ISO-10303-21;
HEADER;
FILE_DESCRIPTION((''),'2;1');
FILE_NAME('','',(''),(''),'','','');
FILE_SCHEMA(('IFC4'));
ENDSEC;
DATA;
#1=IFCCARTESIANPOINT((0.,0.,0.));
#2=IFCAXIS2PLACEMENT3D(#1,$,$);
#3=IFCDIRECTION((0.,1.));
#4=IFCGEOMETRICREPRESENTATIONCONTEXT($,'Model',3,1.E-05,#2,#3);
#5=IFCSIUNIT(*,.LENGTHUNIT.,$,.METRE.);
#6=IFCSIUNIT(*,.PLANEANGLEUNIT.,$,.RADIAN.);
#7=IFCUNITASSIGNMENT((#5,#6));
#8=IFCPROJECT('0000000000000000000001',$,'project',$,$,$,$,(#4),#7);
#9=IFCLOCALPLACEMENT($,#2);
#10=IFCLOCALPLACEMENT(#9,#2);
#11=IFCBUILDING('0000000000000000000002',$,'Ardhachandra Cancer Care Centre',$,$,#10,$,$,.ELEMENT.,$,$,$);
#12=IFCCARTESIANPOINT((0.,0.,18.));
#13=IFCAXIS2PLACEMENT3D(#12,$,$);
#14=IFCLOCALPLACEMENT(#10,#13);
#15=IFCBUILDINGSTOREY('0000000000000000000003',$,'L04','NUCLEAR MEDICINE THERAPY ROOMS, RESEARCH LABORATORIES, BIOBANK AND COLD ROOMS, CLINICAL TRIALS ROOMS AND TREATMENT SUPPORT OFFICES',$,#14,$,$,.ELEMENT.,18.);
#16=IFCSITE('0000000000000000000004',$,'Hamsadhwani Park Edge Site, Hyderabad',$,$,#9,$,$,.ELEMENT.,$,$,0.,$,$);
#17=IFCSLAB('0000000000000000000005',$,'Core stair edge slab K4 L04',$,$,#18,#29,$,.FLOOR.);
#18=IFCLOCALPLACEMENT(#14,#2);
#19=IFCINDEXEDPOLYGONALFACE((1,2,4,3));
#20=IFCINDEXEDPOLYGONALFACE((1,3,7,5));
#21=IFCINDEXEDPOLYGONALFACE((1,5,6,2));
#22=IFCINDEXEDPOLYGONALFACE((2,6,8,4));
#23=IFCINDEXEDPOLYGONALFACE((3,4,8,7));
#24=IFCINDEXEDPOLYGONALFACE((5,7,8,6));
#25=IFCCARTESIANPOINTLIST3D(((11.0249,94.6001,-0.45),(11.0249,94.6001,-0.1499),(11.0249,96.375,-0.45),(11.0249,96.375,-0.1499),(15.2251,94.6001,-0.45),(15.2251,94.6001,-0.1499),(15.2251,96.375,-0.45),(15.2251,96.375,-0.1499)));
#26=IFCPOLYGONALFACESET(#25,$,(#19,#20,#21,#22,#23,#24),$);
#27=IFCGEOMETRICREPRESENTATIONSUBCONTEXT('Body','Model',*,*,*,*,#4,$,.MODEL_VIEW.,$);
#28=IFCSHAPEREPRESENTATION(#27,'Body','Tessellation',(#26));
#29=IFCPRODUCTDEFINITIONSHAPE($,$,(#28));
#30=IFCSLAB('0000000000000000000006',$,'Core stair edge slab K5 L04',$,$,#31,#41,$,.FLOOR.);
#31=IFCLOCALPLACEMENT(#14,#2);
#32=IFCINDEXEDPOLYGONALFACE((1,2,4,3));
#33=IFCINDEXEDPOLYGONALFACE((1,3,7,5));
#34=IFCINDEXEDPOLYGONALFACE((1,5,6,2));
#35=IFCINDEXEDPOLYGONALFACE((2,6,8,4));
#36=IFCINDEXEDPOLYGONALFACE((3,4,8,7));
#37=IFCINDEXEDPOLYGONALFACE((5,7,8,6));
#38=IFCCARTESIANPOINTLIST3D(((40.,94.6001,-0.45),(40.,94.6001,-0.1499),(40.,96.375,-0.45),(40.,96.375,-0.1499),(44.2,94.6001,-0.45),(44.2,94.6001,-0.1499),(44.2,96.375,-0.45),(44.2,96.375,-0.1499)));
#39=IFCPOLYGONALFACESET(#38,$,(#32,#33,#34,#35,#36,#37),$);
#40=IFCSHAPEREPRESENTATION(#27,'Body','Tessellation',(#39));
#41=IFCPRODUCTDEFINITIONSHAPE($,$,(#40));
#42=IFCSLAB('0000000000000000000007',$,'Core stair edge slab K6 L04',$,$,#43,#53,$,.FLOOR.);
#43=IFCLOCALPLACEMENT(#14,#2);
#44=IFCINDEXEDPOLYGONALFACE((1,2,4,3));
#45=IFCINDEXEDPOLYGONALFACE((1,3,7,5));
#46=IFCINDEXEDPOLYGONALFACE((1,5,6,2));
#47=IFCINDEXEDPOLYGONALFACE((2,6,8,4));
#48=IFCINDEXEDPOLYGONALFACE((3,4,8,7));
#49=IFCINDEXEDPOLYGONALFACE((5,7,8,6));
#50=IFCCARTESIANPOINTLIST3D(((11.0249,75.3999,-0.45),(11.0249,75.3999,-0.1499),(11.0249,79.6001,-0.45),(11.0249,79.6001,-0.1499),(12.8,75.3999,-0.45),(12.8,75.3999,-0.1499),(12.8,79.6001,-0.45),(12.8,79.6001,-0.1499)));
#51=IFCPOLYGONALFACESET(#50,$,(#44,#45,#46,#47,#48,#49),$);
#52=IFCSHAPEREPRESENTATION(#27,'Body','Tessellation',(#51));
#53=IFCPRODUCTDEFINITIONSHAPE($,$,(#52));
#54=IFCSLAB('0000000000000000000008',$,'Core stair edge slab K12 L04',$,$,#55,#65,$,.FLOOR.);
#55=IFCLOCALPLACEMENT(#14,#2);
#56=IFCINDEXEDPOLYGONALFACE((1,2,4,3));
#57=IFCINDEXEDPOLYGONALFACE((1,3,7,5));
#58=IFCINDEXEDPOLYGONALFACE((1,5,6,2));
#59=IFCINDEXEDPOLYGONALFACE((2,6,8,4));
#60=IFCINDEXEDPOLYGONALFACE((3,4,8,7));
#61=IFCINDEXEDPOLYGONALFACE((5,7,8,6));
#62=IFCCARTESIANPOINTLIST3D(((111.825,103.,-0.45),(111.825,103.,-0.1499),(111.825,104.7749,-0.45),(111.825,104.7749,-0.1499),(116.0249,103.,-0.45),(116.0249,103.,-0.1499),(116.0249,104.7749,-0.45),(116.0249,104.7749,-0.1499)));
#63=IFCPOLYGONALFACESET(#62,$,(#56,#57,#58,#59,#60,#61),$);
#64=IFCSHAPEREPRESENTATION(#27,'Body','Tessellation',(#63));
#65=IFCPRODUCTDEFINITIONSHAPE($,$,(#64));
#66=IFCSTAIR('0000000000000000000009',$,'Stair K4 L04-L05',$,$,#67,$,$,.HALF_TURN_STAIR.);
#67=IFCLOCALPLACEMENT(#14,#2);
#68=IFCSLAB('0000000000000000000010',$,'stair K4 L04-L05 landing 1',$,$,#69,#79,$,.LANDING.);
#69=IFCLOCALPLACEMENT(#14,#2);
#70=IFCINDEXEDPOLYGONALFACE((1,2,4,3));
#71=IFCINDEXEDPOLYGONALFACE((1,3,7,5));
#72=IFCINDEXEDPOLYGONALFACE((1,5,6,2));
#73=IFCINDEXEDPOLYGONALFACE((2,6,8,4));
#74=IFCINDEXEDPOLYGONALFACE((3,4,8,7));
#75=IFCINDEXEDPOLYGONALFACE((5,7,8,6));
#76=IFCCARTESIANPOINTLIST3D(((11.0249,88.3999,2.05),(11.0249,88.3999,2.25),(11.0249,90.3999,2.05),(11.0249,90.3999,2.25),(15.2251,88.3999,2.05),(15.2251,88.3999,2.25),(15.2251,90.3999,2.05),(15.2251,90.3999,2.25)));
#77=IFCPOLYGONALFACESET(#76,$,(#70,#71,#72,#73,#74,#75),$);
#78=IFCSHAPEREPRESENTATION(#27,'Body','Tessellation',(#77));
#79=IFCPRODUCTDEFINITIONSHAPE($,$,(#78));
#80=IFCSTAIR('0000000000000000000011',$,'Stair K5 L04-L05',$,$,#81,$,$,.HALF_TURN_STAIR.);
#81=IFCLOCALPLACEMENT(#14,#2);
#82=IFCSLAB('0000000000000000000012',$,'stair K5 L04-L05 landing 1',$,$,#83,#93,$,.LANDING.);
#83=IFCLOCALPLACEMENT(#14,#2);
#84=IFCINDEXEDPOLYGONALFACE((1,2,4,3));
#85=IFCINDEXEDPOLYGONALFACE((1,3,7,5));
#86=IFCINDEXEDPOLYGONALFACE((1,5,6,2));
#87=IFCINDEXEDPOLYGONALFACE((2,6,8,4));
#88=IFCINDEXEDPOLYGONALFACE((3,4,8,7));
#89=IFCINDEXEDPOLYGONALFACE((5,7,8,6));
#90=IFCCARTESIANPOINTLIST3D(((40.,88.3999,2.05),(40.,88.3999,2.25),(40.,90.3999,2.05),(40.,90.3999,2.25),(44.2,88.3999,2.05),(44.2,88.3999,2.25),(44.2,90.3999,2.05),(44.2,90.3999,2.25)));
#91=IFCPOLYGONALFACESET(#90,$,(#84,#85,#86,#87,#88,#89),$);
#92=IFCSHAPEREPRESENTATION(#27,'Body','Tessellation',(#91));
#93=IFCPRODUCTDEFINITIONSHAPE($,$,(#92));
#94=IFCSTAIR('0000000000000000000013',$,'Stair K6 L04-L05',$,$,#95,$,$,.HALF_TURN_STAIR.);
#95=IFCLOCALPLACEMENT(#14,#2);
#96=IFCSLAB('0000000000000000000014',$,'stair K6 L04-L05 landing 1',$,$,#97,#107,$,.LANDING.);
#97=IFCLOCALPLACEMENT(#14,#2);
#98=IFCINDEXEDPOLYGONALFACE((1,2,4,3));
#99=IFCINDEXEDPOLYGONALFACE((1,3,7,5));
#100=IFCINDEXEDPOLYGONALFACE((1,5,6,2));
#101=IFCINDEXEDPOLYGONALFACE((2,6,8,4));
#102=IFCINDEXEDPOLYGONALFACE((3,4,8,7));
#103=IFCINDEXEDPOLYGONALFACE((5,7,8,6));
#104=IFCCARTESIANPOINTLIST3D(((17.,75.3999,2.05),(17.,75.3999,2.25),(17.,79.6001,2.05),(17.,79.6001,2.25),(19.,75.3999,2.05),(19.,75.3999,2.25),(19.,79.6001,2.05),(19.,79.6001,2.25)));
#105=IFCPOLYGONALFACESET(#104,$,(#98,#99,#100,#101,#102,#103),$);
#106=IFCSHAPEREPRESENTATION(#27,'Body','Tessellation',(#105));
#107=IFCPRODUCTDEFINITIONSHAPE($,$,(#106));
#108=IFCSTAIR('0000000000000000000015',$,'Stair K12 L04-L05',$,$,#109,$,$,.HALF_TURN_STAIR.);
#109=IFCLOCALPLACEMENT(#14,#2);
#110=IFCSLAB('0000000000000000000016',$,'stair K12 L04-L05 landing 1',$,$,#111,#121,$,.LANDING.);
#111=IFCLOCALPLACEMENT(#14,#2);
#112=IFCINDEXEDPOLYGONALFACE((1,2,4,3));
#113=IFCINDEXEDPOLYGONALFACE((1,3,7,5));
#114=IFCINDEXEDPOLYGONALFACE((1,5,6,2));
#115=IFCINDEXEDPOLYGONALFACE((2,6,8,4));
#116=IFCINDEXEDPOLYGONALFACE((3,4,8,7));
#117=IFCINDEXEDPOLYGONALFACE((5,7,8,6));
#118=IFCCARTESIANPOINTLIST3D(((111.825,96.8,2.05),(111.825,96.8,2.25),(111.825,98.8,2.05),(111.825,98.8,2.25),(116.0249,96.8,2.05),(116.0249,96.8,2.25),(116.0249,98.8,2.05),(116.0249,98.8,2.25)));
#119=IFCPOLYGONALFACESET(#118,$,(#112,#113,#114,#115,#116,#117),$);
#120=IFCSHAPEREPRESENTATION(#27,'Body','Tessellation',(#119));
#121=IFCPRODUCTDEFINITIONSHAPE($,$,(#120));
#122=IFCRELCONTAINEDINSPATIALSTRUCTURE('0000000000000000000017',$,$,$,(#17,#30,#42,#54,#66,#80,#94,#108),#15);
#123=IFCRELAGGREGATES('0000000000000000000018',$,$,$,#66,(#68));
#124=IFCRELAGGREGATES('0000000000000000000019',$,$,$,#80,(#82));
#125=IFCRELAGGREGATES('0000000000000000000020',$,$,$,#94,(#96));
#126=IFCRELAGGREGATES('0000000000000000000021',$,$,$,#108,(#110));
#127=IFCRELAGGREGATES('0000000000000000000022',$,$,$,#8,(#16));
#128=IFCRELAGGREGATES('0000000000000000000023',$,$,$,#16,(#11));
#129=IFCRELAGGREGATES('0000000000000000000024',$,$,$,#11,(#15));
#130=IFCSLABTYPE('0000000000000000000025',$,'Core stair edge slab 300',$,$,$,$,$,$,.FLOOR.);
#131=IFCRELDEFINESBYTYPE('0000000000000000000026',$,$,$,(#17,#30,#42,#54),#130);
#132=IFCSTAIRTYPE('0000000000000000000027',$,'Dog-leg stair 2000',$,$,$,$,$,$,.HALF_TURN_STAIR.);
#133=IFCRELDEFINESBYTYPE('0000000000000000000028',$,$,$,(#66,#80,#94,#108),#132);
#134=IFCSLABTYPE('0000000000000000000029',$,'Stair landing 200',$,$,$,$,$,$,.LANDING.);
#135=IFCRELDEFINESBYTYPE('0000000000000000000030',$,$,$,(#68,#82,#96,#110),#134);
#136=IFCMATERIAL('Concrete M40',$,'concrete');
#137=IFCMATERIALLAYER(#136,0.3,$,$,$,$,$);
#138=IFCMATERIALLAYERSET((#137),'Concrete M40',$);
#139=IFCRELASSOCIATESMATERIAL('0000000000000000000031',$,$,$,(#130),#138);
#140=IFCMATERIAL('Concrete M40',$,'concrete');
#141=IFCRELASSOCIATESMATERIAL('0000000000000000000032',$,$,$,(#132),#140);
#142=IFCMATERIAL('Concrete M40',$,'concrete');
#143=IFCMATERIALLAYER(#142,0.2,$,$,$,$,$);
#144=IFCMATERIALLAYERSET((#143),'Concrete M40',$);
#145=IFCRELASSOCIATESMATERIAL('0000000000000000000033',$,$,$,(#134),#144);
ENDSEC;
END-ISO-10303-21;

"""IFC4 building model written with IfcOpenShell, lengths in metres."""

from ifc_helpers import new_model, si_unit, direction, frame, origin, place, context, subcontext, project, spatial, polyline, outline, extrude, material, layer, layer_set, type_object, element, aggregate, save


model = new_model("IFC4")

# Units and contexts
model_context = context("Model", 3, precision=1e-05, world=origin(), true_north=direction((0.0, 1.0)))
body_context = subcontext(model_context, "Body", "Model", "MODEL_VIEW")
ifc_project = project(units=[si_unit("LENGTHUNIT", "METRE"), si_unit("PLANEANGLEUNIT", "RADIAN")], contexts=[model_context])

# Site, building, storey
site_placement = place(None, origin())
site = spatial("IfcSite", under=ifc_project, at=site_placement, Name="Hamsadhwani Park Edge Site, Hyderabad", CompositionType="ELEMENT", RefElevation=0.0)
building_placement = place(site_placement, origin())
building = spatial("IfcBuilding", under=site, at=building_placement, Name="Ardhachandra Cancer Care Centre", CompositionType="ELEMENT")
storey_placement = place(building_placement, frame((0.0, 0.0, 18.0)))
storey = spatial("IfcBuildingStorey", under=building, at=storey_placement, Name="L04", Description="NUCLEAR MEDICINE THERAPY ROOMS, RESEARCH LABORATORIES, BIOBANK AND COLD ROOMS, CLINICAL TRIALS ROOMS AND TREATMENT SUPPORT OFFICES", CompositionType="ELEMENT", Elevation=18.0)

# Slabs
ifc_material_1 = material(Name="Concrete M40", Category="concrete")
ifc_layer_1 = layer(ifc_material_1, 0.3)
ifc_layer_set_1 = layer_set([ifc_layer_1], Name="Concrete M40")
slab_type_1 = type_object("IfcSlabType", Name="Core stair edge slab 300", PredefinedType="FLOOR", material=ifc_layer_set_1)
slab_1_placement = place(storey_placement, frame((0.0, 0.0, -0.45)))
element("IfcSlab", 1, at=slab_1_placement, inside=storey, type_object=slab_type_1, Name="Core stair edge slab K4 L04", PredefinedType="FLOOR", context=body_context, shape_type="SweptSolid", body=[
    extrude(outline(polyline([(11.0249, 94.6001), (15.2251, 94.6001), (15.2251, 96.375), (11.0249, 96.375), (11.0249, 94.6001)])), origin(), (0.0, 0.0, 1.0), 0.3),
])
slab_2_placement = place(storey_placement, frame((0.0, 0.0, -0.45)))
element("IfcSlab", 2, at=slab_2_placement, inside=storey, type_object=slab_type_1, Name="Core stair edge slab K5 L04", PredefinedType="FLOOR", context=body_context, shape_type="SweptSolid", body=[
    extrude(outline(polyline([(44.2, 94.6001), (40.0, 94.6001), (40.0, 96.375), (44.2, 96.375), (44.2, 94.6001)])), origin(), (0.0, 0.0, 1.0), 0.3),
])
slab_3_placement = place(storey_placement, frame((0.0, 0.0, -0.45)))
element("IfcSlab", 3, at=slab_3_placement, inside=storey, type_object=slab_type_1, Name="Core stair edge slab K6 L04", PredefinedType="FLOOR", context=body_context, shape_type="SweptSolid", body=[
    extrude(outline(polyline([(12.8, 79.6001), (12.8, 75.3999), (11.0249, 75.3999), (11.0249, 79.6001), (12.8, 79.6001)])), origin(), (0.0, 0.0, 1.0), 0.3),
])
slab_4_placement = place(storey_placement, frame((0.0, 0.0, -0.45)))
element("IfcSlab", 4, at=slab_4_placement, inside=storey, type_object=slab_type_1, Name="Core stair edge slab K12 L04", PredefinedType="FLOOR", context=body_context, shape_type="SweptSolid", body=[
    extrude(outline(polyline([(111.825, 103.0), (116.0249, 103.0), (116.0249, 104.7749), (111.825, 104.7749), (111.825, 103.0)])), origin(), (0.0, 0.0, 1.0), 0.3),
])

# Stairs, slabs
ifc_material_2 = material(Name="Concrete M40", Category="concrete")
stair_type = type_object("IfcStairType", Name="Dog-leg stair 2000", PredefinedType="HALF_TURN_STAIR", material=ifc_material_2)
stair_1_placement = place(storey_placement, origin())
stair_1 = element("IfcStair", 5, at=stair_1_placement, inside=storey, type_object=stair_type, Name="Stair K4 L04-L05", PredefinedType="HALF_TURN_STAIR")
ifc_material_3 = material(Name="Concrete M40", Category="concrete")
ifc_layer_2 = layer(ifc_material_3, 0.2)
ifc_layer_set_2 = layer_set([ifc_layer_2], Name="Concrete M40")
slab_type_2 = type_object("IfcSlabType", Name="Stair landing 200", PredefinedType="LANDING", material=ifc_layer_set_2)
slab_5_placement = place(storey_placement, frame((0.0, 0.0, 2.05)))
slab_5 = element("IfcSlab", 6, at=slab_5_placement, type_object=slab_type_2, Name="stair K4 L04-L05 landing 1", PredefinedType="LANDING", context=body_context, shape_type="SweptSolid", body=[
    extrude(outline(polyline([(11.0249, 88.3999), (15.2251, 88.3999), (15.2251, 90.3999), (11.0249, 90.3999), (11.0249, 88.3999)])), origin(), (0.0, 0.0, 1.0), 0.2),
])
aggregate(stair_1, [slab_5])
stair_2_placement = place(storey_placement, origin())
stair_2 = element("IfcStair", 7, at=stair_2_placement, inside=storey, type_object=stair_type, Name="Stair K5 L04-L05", PredefinedType="HALF_TURN_STAIR")
slab_6_placement = place(storey_placement, frame((0.0, 0.0, 2.05)))
slab_6 = element("IfcSlab", 8, at=slab_6_placement, type_object=slab_type_2, Name="stair K5 L04-L05 landing 1", PredefinedType="LANDING", context=body_context, shape_type="SweptSolid", body=[
    extrude(outline(polyline([(40.0, 88.3999), (44.2, 88.3999), (44.2, 90.3999), (40.0, 90.3999), (40.0, 88.3999)])), origin(), (0.0, 0.0, 1.0), 0.2),
])
aggregate(stair_2, [slab_6])
stair_3_placement = place(storey_placement, origin())
stair_3 = element("IfcStair", 9, at=stair_3_placement, inside=storey, type_object=stair_type, Name="Stair K6 L04-L05", PredefinedType="HALF_TURN_STAIR")
slab_7_placement = place(storey_placement, frame((0.0, 0.0, 2.05)))
slab_7 = element("IfcSlab", 10, at=slab_7_placement, type_object=slab_type_2, Name="stair K6 L04-L05 landing 1", PredefinedType="LANDING", context=body_context, shape_type="SweptSolid", body=[
    extrude(outline(polyline([(17.0, 75.3999), (19.0, 75.3999), (19.0, 79.6001), (17.0, 79.6001), (17.0, 75.3999)])), origin(), (0.0, 0.0, 1.0), 0.2),
])
aggregate(stair_3, [slab_7])
stair_4_placement = place(storey_placement, origin())
stair_4 = element("IfcStair", 11, at=stair_4_placement, inside=storey, type_object=stair_type, Name="Stair K12 L04-L05", PredefinedType="HALF_TURN_STAIR")
slab_8_placement = place(storey_placement, frame((0.0, 0.0, 2.05)))
slab_8 = element("IfcSlab", 12, at=slab_8_placement, type_object=slab_type_2, Name="stair K12 L04-L05 landing 1", PredefinedType="LANDING", context=body_context, shape_type="SweptSolid", body=[
    extrude(outline(polyline([(111.825, 96.8), (116.0249, 96.8), (116.0249, 98.8), (111.825, 98.8), (111.825, 96.8)])), origin(), (0.0, 0.0, 1.0), 0.2),
])
aggregate(stair_4, [slab_8])

save(model, "model.ifc")
